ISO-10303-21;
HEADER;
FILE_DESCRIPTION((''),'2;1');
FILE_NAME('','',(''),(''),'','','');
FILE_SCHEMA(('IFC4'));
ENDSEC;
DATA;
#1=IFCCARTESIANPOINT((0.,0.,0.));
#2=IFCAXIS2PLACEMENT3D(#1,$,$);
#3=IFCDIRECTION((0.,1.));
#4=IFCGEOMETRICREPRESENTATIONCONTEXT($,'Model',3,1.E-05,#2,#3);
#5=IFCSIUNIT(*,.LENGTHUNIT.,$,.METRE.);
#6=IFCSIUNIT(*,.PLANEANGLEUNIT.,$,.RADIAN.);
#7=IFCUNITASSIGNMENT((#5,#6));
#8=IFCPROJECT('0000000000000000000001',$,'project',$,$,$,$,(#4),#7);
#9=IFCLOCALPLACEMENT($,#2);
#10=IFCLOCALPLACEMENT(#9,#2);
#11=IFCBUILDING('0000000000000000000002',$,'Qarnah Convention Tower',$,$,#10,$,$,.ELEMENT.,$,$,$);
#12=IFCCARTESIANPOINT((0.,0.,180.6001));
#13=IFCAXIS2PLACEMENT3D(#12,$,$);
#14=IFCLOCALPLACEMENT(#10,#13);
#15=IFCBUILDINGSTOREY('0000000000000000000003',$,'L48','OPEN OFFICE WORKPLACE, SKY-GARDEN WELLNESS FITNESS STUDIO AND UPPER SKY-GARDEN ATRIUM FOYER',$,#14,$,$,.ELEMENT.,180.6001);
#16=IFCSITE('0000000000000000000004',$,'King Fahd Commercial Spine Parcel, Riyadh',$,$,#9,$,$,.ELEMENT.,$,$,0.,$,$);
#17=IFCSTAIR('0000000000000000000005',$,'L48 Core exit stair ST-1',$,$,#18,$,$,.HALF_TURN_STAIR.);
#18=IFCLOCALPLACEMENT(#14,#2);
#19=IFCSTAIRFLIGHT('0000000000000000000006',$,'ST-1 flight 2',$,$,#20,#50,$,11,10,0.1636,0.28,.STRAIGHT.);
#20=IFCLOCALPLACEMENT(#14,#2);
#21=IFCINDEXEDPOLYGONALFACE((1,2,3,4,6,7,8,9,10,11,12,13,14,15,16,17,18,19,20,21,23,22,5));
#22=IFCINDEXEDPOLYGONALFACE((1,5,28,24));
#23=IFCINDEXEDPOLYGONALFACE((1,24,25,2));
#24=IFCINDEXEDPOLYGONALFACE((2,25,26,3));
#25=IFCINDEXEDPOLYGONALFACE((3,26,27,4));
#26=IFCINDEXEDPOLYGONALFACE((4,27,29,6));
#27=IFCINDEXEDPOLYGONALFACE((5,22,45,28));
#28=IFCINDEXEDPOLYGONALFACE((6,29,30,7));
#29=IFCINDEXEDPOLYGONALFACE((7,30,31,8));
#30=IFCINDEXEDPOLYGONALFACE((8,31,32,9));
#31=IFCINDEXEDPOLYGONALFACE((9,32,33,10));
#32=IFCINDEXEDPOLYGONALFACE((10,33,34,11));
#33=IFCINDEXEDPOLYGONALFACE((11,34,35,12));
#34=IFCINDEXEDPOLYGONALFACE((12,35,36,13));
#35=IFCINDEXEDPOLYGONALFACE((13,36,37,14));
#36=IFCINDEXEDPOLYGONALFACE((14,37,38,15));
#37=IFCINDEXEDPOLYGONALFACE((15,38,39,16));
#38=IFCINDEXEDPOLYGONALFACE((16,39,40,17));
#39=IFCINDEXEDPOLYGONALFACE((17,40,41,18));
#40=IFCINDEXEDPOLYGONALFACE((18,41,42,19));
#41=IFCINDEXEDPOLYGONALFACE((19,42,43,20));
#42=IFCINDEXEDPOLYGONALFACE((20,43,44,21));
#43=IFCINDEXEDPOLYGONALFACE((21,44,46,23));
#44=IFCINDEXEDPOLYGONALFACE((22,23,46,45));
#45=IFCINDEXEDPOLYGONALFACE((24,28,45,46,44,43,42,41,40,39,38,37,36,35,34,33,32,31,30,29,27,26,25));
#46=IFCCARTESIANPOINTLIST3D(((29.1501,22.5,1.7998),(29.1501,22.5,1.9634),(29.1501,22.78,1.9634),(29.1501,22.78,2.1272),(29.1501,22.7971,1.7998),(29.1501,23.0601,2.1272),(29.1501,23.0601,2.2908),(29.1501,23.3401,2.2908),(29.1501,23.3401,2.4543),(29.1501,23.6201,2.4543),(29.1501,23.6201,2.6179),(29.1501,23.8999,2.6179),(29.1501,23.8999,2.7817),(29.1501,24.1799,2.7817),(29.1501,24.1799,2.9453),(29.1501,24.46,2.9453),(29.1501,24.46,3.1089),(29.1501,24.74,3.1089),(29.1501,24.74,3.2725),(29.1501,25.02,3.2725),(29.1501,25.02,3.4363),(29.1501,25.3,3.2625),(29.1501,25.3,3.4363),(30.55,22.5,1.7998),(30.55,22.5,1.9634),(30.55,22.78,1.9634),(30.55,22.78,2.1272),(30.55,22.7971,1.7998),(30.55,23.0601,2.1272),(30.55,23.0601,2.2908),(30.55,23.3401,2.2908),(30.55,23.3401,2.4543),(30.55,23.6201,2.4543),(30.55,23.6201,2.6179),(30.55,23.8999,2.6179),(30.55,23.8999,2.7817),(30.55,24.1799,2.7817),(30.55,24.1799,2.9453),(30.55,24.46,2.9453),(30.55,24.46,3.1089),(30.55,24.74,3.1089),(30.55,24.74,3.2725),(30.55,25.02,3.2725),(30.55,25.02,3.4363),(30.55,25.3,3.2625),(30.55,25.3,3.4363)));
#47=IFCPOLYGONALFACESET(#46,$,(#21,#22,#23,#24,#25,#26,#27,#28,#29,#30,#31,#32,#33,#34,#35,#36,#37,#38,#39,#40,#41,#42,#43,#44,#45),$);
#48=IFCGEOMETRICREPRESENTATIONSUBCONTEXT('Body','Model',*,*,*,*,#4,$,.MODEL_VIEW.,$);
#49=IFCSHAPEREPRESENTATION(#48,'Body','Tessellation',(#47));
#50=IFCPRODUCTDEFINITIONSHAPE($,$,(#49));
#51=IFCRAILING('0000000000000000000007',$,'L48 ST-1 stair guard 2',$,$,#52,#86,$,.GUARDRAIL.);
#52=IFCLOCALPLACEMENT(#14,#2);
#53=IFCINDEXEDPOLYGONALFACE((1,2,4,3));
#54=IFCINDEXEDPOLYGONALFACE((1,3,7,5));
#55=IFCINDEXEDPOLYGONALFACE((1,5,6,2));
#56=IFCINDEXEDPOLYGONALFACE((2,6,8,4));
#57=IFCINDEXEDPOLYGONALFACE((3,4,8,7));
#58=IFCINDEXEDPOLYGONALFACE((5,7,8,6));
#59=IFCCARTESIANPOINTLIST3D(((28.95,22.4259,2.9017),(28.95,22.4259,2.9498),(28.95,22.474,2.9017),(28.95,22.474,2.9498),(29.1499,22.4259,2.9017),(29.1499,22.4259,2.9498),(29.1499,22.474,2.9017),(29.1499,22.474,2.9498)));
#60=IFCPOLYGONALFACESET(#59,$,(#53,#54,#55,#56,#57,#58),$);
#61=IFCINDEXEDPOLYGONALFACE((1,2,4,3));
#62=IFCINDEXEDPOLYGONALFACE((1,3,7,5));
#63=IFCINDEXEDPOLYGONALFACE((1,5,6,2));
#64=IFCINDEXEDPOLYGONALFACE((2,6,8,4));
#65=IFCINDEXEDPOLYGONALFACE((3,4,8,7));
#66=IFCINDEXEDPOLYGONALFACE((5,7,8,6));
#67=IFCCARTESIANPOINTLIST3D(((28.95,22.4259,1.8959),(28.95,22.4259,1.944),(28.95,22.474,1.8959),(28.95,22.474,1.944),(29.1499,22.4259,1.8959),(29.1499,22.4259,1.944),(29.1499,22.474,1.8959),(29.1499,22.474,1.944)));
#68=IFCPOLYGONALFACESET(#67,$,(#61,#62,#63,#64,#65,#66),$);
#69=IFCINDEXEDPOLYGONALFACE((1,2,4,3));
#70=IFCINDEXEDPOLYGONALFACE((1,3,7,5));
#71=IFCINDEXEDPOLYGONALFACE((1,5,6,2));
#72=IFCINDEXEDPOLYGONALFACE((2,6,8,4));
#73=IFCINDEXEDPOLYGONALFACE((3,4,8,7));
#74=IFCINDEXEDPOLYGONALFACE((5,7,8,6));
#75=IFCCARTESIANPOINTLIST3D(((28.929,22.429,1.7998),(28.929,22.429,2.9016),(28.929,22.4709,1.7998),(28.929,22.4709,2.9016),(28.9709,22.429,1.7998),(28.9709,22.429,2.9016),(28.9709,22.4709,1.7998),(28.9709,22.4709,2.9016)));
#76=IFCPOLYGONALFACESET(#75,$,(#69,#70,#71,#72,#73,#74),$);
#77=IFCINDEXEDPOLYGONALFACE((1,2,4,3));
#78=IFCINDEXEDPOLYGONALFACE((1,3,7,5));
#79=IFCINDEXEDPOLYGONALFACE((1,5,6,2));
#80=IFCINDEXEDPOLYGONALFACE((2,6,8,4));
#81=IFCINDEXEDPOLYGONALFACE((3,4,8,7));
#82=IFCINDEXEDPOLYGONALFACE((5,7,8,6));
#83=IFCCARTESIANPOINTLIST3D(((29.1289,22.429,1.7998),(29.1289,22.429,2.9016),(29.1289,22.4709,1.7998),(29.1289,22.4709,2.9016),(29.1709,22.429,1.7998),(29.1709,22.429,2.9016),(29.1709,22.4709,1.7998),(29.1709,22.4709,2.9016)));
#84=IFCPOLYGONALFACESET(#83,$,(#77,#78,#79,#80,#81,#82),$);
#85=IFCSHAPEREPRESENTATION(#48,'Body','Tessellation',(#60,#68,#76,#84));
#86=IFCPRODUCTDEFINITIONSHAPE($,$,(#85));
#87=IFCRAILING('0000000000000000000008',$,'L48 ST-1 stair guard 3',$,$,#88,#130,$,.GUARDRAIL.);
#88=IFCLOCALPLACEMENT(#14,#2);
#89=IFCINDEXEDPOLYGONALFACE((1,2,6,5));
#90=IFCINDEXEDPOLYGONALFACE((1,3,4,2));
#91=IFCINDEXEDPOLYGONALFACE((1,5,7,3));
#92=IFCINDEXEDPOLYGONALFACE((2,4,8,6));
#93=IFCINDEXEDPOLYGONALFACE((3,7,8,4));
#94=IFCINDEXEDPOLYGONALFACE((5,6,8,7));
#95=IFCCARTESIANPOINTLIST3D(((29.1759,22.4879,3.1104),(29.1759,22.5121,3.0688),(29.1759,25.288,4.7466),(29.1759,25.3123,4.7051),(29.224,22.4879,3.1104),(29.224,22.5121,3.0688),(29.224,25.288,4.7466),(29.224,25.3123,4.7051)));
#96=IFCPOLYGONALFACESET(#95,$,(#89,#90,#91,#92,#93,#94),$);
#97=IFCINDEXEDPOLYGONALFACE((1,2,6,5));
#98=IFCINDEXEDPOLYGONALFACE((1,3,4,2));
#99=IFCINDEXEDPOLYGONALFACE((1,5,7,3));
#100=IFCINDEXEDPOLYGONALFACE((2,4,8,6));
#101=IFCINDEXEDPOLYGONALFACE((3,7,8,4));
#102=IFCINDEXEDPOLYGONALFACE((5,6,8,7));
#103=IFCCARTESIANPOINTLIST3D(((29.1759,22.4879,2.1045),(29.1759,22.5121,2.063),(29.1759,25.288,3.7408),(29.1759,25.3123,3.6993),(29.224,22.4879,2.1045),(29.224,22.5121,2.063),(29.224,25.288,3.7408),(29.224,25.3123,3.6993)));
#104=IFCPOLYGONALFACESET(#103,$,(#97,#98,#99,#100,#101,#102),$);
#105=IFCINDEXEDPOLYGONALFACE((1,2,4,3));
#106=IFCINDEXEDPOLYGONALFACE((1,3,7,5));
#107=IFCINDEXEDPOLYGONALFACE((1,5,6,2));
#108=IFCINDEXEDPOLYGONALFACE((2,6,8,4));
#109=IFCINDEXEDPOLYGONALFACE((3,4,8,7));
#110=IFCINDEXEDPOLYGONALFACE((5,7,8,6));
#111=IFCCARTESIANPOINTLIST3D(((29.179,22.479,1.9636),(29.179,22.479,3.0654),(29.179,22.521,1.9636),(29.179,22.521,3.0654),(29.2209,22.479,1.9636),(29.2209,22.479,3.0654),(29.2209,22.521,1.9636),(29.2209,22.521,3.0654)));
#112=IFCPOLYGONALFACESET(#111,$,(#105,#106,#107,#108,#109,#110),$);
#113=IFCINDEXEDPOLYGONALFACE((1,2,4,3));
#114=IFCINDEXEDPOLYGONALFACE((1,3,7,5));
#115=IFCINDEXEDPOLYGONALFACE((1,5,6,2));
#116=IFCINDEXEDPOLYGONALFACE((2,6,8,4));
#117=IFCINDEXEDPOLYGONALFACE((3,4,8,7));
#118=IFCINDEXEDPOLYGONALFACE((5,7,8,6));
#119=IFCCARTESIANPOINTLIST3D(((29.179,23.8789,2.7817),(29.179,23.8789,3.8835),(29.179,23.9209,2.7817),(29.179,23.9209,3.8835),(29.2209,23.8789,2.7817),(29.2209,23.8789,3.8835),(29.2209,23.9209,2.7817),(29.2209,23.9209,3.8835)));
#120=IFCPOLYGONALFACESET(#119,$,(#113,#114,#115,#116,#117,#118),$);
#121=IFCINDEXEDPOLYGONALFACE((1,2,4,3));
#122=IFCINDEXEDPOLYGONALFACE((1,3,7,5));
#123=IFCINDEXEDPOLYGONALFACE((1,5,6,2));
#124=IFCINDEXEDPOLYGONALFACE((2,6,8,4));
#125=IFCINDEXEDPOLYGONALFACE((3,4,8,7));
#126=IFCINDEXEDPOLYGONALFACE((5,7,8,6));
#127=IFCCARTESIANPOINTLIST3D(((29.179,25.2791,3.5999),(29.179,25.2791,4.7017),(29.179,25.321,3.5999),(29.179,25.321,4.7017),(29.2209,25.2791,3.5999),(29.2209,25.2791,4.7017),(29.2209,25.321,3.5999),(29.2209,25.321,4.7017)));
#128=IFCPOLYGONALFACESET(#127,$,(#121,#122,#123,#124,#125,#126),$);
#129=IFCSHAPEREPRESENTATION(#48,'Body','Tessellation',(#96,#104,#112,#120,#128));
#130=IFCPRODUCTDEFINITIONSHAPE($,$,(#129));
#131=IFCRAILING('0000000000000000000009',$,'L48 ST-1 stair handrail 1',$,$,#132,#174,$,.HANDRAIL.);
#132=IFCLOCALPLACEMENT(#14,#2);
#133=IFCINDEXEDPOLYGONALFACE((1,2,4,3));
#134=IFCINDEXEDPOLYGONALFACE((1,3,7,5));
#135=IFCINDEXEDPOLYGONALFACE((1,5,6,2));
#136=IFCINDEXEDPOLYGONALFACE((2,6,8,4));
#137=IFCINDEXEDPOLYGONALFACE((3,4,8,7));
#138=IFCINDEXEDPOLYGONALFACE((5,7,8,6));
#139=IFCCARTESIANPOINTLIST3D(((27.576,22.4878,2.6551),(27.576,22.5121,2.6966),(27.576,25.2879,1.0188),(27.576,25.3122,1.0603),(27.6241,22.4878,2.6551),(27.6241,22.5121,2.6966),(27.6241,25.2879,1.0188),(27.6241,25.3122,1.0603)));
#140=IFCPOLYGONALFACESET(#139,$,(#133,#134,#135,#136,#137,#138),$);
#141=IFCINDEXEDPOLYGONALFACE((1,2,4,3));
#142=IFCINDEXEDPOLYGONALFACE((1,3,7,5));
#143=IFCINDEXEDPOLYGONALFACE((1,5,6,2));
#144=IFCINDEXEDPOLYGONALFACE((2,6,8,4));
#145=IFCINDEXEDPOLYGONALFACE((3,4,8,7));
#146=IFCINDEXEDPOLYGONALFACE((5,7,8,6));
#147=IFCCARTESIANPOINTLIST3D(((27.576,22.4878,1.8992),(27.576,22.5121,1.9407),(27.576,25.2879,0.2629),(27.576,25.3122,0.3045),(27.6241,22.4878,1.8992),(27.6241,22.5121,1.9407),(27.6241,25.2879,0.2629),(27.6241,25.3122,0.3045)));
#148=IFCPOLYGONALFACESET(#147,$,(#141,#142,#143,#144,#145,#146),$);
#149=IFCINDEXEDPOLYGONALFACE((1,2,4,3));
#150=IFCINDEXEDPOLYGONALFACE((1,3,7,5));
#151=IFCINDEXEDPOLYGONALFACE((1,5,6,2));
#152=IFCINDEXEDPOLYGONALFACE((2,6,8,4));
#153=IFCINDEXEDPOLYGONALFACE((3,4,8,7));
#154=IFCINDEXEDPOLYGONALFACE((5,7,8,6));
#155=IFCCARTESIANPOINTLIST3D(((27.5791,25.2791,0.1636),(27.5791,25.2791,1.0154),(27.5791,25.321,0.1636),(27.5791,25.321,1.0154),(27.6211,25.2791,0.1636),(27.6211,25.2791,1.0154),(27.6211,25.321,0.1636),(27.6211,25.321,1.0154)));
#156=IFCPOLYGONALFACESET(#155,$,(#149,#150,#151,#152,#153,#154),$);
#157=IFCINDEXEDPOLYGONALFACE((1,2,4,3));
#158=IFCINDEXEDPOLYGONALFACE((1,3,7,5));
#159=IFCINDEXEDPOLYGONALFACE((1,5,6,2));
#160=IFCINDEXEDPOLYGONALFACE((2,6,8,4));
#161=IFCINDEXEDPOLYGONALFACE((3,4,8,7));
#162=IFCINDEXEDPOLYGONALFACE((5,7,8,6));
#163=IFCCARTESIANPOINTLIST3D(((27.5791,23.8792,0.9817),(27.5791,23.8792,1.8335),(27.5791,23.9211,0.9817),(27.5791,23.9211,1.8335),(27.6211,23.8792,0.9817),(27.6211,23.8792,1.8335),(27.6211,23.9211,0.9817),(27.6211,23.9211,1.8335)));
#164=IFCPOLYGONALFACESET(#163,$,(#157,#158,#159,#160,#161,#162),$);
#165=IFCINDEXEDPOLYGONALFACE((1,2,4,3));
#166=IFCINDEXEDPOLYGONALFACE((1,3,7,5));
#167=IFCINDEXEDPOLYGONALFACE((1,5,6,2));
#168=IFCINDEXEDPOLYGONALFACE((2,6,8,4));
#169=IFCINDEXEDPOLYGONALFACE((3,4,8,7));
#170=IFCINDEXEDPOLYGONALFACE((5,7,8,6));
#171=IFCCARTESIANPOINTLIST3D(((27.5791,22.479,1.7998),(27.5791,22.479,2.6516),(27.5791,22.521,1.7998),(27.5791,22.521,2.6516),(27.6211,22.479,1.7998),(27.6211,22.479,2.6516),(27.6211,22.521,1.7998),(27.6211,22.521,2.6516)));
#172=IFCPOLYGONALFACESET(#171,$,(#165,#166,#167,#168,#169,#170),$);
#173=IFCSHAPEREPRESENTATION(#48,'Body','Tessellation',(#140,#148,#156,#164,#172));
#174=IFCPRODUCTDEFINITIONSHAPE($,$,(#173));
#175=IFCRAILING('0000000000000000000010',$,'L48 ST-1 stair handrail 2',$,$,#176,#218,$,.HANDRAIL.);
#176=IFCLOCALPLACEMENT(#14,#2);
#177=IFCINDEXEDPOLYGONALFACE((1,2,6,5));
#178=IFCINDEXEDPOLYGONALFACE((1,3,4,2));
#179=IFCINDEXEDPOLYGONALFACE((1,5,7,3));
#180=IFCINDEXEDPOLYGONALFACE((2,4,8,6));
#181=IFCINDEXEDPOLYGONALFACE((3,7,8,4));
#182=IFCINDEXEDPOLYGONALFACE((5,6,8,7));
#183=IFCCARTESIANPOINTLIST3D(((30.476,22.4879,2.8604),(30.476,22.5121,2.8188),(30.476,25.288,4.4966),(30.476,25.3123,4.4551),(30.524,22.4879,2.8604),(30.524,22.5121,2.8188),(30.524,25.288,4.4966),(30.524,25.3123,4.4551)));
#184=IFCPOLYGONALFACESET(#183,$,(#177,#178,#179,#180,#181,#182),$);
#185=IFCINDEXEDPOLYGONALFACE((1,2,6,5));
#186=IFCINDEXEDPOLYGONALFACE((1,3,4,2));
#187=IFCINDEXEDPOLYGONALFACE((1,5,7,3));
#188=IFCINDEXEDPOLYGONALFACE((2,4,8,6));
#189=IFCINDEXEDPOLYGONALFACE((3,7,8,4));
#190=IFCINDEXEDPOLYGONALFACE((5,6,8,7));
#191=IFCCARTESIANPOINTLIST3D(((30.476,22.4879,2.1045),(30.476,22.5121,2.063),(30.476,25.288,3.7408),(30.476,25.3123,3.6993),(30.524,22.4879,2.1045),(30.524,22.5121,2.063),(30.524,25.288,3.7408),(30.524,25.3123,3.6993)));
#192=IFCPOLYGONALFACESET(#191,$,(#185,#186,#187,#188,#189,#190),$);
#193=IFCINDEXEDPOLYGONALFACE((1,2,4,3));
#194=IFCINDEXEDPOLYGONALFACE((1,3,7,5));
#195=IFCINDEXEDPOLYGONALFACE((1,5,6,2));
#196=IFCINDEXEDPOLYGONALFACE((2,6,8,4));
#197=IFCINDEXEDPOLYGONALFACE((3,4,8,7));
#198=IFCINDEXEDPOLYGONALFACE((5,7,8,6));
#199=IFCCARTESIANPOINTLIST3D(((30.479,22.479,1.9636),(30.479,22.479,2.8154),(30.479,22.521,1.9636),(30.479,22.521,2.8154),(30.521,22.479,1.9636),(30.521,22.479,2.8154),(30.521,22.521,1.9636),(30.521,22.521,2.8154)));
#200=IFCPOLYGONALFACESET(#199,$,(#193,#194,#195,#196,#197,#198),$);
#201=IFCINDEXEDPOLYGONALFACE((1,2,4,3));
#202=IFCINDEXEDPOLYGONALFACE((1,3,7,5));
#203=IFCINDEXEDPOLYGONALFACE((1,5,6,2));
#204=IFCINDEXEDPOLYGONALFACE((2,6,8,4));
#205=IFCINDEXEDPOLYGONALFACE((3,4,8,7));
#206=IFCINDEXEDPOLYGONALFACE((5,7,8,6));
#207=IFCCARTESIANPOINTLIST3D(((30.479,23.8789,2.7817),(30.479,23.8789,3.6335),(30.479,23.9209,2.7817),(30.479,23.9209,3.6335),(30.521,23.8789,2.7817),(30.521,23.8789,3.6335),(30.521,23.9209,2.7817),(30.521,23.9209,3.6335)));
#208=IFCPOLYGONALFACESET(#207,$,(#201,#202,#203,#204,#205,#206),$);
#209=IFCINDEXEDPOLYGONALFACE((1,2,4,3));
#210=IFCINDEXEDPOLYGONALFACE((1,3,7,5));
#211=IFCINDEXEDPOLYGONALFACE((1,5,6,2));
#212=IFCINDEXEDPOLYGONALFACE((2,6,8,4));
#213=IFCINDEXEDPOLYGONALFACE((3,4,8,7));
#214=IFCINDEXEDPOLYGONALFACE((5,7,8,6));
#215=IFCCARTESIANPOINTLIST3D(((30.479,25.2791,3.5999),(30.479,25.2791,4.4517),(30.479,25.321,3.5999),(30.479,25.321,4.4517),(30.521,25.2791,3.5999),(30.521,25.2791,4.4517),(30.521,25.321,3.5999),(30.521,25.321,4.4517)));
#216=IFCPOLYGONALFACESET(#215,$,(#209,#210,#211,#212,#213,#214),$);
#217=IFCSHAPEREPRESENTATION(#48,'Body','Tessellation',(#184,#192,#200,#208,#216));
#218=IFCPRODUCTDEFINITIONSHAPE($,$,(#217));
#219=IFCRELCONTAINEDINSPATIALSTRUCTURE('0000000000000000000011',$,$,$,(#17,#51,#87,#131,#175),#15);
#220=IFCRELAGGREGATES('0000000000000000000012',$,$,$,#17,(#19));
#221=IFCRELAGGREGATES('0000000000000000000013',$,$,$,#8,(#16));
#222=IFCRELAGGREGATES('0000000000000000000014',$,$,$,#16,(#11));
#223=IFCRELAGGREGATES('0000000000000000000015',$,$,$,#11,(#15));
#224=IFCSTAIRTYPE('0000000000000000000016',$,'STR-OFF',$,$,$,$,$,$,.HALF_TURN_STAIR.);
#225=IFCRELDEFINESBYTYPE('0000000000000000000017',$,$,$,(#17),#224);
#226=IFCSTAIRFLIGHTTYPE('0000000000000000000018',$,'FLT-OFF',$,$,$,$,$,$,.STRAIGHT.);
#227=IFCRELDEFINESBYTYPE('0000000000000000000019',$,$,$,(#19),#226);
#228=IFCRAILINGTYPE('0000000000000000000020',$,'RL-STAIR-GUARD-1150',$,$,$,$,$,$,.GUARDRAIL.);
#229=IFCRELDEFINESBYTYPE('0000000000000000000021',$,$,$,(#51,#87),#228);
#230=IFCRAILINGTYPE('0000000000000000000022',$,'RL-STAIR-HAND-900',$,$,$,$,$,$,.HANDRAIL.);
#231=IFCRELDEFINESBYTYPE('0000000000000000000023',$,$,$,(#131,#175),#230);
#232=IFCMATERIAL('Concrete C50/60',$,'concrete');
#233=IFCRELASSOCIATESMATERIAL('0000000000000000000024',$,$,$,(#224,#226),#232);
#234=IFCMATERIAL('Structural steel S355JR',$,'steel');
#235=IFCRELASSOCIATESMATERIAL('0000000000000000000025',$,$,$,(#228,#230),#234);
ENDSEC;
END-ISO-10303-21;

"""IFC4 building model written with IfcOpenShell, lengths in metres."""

from ifc_helpers import new_model, si_unit, direction, frame, origin, origin_2d, place, context, subcontext, project, spatial, polyline, rectangle, outline, extrude, material, type_object, element, aggregate, save


model = new_model("IFC4")

# Units and contexts
model_context = context("Model", 3, precision=1e-05, world=origin(), true_north=direction((0.0, 1.0)))
body_context = subcontext(model_context, "Body", "Model", "MODEL_VIEW")
ifc_project = project(units=[si_unit("LENGTHUNIT", "METRE"), si_unit("PLANEANGLEUNIT", "RADIAN")], contexts=[model_context])

# Site, building, storey
site_placement = place(None, origin())
site = spatial("IfcSite", under=ifc_project, at=site_placement, Name="King Fahd Commercial Spine Parcel, Riyadh", CompositionType="ELEMENT", RefElevation=0.0)
building_placement = place(site_placement, origin())
building = spatial("IfcBuilding", under=site, at=building_placement, Name="Qarnah Convention Tower", CompositionType="ELEMENT")
storey_placement = place(building_placement, frame((0.0, 0.0, 180.6001)))
storey = spatial("IfcBuildingStorey", under=building, at=storey_placement, Name="L48", Description="OPEN OFFICE WORKPLACE, SKY-GARDEN WELLNESS FITNESS STUDIO AND UPPER SKY-GARDEN ATRIUM FOYER", CompositionType="ELEMENT", Elevation=180.6001)

# Shared definitions
ifc_material_1 = material(Name="Structural steel S355JR", Category="steel")

# Stair, stair flight
ifc_material_2 = material(Name="Concrete C50/60", Category="concrete")
stair_type = type_object("IfcStairType", Name="STR-OFF", PredefinedType="HALF_TURN_STAIR", material=ifc_material_2)
stair_placement = place(storey_placement, origin())
stair = element("IfcStair", 1, at=stair_placement, inside=storey, type_object=stair_type, Name="L48 Core exit stair ST-1", PredefinedType="HALF_TURN_STAIR")
stair_flight_type = type_object("IfcStairFlightType", Name="FLT-OFF", PredefinedType="STRAIGHT", material=ifc_material_2)
stair_flight_placement = place(storey_placement, frame((29.8501, 22.5, 1.7998), z_axis=(0.0, 0.0, 1.0), x_axis=(0.0, 1.0, 0.0)))
stair_flight = element("IfcStairFlight", 2, at=stair_flight_placement, type_object=stair_flight_type, Name="ST-1 flight 2", NumberOfRisers=11, NumberOfTreads=10, PredefinedType="STRAIGHT", RiserHeight=0.1636, TreadLength=0.28, context=body_context, shape_type="SweptSolid", body=[
    extrude(outline(polyline([(0.0, 0.0), (0.0, 0.1636), (0.28, 0.1636), (0.28, 0.3274), (0.5601, 0.3274), (0.5601, 0.491), (0.8401, 0.491), (0.8401, 0.6545), (1.1201, 0.6545), (1.1201, 0.8181), (1.3999, 0.8181), (1.3999, 0.9819), (1.6799, 0.9819), (1.6799, 1.1455), (1.96, 1.1455), (1.96, 1.3091), (2.24, 1.3091), (2.24, 1.4727), (2.52, 1.4727), (2.52, 1.6365), (2.8, 1.6365), (2.8, 1.8), (2.8, 1.4626), (0.2971, 0.0), (0.0, 0.0)])), frame((0.0, 0.7, 0.0), z_axis=(0.0, -1.0, 0.0), x_axis=(1.0, 0.0, 0.0)), (0.0, 0.0, 1.0), 1.3999),
])
aggregate(stair, [stair_flight])

# Railings
railing_type_1 = type_object("IfcRailingType", Name="RL-STAIR-GUARD-1150", PredefinedType="GUARDRAIL", material=ifc_material_1)
railing_1_placement = place(storey_placement, frame((28.95, 22.45, 1.7998)))
element("IfcRailing", 3, at=railing_1_placement, inside=storey, type_object=railing_type_1, Name="L48 ST-1 stair guard 2", PredefinedType="GUARDRAIL", context=body_context, shape_type="SweptSolid", body=[
    extrude(rectangle(XDim=0.0481, YDim=0.0481, at=origin_2d()), frame((0.0, 0.0, 1.126), z_axis=(1.0, 0.0, 0.0), x_axis=(0.0, 1.0, 0.0)), (0.0, 0.0, 1.0), 0.2),
    extrude(rectangle(XDim=0.0481, YDim=0.0481, at=origin_2d()), frame((0.0, 0.0, 0.1201), z_axis=(1.0, 0.0, 0.0), x_axis=(0.0, 1.0, 0.0)), (0.0, 0.0, 1.0), 0.2),
    extrude(rectangle(XDim=0.042, YDim=0.042, at=origin_2d()), origin(), (0.0, 0.0, 1.0), 1.1018),
    extrude(rectangle(XDim=0.042, YDim=0.042, at=origin_2d()), frame((0.2, 0.0, 0.0)), (0.0, 0.0, 1.0), 1.1018),
])
railing_2_placement = place(storey_placement, frame((29.2, 22.5, 1.9636)))
element("IfcRailing", 4, at=railing_2_placement, inside=storey, type_object=railing_type_1, Name="L48 ST-1 stair guard 3", PredefinedType="GUARDRAIL", context=body_context, shape_type="SweptSolid", body=[
    extrude(rectangle(XDim=0.0481, YDim=0.0481, at=origin_2d()), frame((0.0, 0.0, 1.126), z_axis=(0.0, 0.863394, 0.504531), x_axis=(-1.0, 0.0, 0.0)), (0.0, 0.0, 1.0), 3.2432),
    extrude(rectangle(XDim=0.0481, YDim=0.0481, at=origin_2d()), frame((0.0, 0.0, 0.1201), z_axis=(0.0, 0.863394, 0.504531), x_axis=(-1.0, 0.0, 0.0)), (0.0, 0.0, 1.0), 3.2432),
    extrude(rectangle(XDim=0.042, YDim=0.042, at=origin_2d()), origin(), (0.0, 0.0, 1.0), 1.1018),
    extrude(rectangle(XDim=0.042, YDim=0.042, at=origin_2d()), frame((0.0, 1.3999, 0.8181)), (0.0, 0.0, 1.0), 1.1018),
    extrude(rectangle(XDim=0.042, YDim=0.042, at=origin_2d()), frame((0.0, 2.8, 1.6362)), (0.0, 0.0, 1.0), 1.1018),
])
railing_type_2 = type_object("IfcRailingType", Name="RL-STAIR-HAND-900", PredefinedType="HANDRAIL", material=ifc_material_1)
railing_3_placement = place(storey_placement, frame((27.6001, 25.3, 0.1636)))
element("IfcRailing", 5, at=railing_3_placement, inside=storey, type_object=railing_type_2, Name="L48 ST-1 stair handrail 1", PredefinedType="HANDRAIL", context=body_context, shape_type="SweptSolid", body=[
    extrude(rectangle(XDim=0.0481, YDim=0.0481, at=origin_2d()), frame((0.0, 0.0, 0.876), z_axis=(0.0, -0.863394, 0.504531), x_axis=(1.0, 0.0, 0.0)), (0.0, 0.0, 1.0), 3.2432),
    extrude(rectangle(XDim=0.0481, YDim=0.0481, at=origin_2d()), frame((0.0, 0.0, 0.1201), z_axis=(0.0, -0.863394, 0.504531), x_axis=(1.0, 0.0, 0.0)), (0.0, 0.0, 1.0), 3.2432),
    extrude(rectangle(XDim=0.042, YDim=0.042, at=origin_2d()), origin(), (0.0, 0.0, 1.0), 0.8518),
    extrude(rectangle(XDim=0.042, YDim=0.042, at=origin_2d()), frame((0.0, -1.3999, 0.8181)), (0.0, 0.0, 1.0), 0.8518),
    extrude(rectangle(XDim=0.042, YDim=0.042, at=origin_2d()), frame((0.0, -2.8, 1.6362)), (0.0, 0.0, 1.0), 0.8518),
])
railing_4_placement = place(storey_placement, frame((30.5, 22.5, 1.9636)))
element("IfcRailing", 6, at=railing_4_placement, inside=storey, type_object=railing_type_2, Name="L48 ST-1 stair handrail 2", PredefinedType="HANDRAIL", context=body_context, shape_type="SweptSolid", body=[
    extrude(rectangle(XDim=0.0481, YDim=0.0481, at=origin_2d()), frame((0.0, 0.0, 0.876), z_axis=(0.0, 0.863394, 0.504531), x_axis=(-1.0, 0.0, 0.0)), (0.0, 0.0, 1.0), 3.2432),
    extrude(rectangle(XDim=0.0481, YDim=0.0481, at=origin_2d()), frame((0.0, 0.0, 0.1201), z_axis=(0.0, 0.863394, 0.504531), x_axis=(-1.0, 0.0, 0.0)), (0.0, 0.0, 1.0), 3.2432),
    extrude(rectangle(XDim=0.042, YDim=0.042, at=origin_2d()), origin(), (0.0, 0.0, 1.0), 0.8518),
    extrude(rectangle(XDim=0.042, YDim=0.042, at=origin_2d()), frame((0.0, 1.3999, 0.8181)), (0.0, 0.0, 1.0), 0.8518),
    extrude(rectangle(XDim=0.042, YDim=0.042, at=origin_2d()), frame((0.0, 2.8, 1.6362)), (0.0, 0.0, 1.0), 0.8518),
])

save(model, "model.ifc")
